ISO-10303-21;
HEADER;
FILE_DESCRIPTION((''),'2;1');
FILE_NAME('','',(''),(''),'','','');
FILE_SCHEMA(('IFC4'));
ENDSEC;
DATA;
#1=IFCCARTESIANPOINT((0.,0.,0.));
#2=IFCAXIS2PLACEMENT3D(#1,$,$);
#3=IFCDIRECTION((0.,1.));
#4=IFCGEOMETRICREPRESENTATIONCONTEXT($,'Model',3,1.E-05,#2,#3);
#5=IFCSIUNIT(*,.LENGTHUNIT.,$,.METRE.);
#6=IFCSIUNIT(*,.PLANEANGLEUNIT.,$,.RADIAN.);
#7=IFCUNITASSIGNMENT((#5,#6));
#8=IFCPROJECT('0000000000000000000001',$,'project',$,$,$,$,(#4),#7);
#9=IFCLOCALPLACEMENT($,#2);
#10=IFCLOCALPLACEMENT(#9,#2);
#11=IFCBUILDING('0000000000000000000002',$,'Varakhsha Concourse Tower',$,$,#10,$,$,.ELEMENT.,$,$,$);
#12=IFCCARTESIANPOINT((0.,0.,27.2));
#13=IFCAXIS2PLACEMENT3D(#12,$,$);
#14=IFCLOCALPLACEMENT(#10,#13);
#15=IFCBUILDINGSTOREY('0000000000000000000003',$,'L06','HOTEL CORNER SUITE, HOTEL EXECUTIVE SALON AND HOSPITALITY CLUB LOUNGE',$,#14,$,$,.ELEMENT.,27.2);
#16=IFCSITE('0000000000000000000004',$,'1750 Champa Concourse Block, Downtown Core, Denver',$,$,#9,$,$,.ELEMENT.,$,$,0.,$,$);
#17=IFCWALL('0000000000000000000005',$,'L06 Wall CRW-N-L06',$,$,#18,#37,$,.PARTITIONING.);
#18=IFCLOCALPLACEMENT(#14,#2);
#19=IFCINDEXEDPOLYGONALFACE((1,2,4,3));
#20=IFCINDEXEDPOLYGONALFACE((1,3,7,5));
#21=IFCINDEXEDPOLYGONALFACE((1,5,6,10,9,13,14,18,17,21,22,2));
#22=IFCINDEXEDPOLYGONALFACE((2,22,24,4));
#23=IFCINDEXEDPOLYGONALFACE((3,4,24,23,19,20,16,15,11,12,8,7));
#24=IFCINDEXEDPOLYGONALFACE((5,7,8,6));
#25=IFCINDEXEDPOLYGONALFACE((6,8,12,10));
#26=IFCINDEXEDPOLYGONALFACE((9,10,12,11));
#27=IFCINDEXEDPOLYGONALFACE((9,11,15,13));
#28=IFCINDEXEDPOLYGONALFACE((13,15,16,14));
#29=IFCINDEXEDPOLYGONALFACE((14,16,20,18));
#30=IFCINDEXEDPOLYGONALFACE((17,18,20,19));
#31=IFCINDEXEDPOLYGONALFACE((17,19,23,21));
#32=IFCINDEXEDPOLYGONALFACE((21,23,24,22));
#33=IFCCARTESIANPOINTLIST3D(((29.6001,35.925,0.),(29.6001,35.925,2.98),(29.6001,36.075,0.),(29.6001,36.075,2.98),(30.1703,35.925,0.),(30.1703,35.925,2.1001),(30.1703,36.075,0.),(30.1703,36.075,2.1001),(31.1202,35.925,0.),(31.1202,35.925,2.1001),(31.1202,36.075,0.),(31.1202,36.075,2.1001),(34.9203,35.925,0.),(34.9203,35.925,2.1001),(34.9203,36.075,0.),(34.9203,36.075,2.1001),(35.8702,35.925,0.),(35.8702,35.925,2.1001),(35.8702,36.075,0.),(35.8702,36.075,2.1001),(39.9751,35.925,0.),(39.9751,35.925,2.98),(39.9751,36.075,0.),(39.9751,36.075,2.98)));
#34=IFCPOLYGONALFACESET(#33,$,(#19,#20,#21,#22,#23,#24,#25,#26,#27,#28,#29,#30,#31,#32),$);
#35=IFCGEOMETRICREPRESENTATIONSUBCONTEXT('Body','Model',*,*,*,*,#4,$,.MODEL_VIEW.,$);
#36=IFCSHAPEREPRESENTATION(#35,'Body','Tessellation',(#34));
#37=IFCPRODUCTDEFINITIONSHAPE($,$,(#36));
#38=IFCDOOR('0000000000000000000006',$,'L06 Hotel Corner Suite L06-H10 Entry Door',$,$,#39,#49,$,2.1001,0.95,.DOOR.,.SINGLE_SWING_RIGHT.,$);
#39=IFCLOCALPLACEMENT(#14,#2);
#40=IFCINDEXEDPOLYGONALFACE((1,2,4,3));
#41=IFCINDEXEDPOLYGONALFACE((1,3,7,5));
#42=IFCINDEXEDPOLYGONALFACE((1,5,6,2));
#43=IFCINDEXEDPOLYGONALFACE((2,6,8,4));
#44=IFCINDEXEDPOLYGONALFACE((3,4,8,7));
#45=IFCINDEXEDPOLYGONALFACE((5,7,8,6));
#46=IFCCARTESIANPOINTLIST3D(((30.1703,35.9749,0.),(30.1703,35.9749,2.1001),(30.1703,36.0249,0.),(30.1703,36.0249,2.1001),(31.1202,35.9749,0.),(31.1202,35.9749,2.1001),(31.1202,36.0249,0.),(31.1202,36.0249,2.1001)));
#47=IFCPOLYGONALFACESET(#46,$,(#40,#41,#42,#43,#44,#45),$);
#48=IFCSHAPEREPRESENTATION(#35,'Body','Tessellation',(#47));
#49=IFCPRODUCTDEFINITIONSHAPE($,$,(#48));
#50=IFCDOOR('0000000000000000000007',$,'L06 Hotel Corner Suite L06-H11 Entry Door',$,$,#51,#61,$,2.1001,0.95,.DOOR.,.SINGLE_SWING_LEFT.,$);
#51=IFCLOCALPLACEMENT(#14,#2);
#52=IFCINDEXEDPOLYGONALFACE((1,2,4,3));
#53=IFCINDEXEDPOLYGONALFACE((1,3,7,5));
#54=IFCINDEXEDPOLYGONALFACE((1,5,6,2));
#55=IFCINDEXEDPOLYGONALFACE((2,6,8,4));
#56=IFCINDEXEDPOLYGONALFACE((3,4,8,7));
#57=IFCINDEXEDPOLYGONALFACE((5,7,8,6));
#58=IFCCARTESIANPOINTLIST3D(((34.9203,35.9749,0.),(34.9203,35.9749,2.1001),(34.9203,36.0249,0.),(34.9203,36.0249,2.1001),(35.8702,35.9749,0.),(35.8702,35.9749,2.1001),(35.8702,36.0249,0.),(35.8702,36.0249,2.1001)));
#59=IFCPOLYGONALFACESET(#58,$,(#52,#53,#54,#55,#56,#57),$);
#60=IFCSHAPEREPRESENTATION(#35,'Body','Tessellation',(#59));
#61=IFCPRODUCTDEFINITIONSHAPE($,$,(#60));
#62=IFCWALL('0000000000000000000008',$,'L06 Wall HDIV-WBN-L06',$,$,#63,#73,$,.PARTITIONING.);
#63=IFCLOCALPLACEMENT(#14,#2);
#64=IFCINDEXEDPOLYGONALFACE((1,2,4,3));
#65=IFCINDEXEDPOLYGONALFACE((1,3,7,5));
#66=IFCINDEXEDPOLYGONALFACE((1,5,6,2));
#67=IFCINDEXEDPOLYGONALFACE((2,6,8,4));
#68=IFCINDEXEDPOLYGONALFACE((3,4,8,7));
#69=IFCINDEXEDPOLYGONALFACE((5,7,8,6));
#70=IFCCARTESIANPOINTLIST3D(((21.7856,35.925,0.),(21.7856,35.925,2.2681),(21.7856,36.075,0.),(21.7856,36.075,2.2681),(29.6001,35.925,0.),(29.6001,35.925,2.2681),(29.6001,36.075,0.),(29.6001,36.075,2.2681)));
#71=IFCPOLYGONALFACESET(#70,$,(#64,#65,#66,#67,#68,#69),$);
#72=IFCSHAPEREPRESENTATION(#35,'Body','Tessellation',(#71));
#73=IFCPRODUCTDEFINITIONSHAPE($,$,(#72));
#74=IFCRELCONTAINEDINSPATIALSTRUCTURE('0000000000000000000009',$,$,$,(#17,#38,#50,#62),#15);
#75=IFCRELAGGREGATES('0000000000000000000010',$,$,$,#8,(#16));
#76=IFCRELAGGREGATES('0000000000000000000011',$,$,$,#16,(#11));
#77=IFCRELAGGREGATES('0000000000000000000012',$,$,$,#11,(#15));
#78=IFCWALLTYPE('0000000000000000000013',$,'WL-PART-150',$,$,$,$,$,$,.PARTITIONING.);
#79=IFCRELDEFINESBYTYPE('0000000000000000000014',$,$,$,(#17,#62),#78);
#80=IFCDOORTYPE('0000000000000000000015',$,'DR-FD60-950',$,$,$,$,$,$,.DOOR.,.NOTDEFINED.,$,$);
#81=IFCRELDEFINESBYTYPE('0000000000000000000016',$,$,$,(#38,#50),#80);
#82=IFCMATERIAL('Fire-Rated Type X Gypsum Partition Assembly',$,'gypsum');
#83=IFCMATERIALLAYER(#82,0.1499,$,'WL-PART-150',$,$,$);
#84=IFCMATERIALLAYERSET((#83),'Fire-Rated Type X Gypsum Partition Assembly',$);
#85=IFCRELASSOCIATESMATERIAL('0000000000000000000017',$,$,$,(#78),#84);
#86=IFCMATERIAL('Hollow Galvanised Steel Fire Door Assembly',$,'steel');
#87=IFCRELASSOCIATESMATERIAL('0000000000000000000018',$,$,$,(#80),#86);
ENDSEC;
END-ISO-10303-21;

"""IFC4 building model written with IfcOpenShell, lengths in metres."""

from ifc_helpers import new_model, si_unit, direction, frame, frame_2d, origin, place, context, subcontext, project, spatial, rectangle, extrude, material, layer, layer_set, type_object, element, fill, save


model = new_model("IFC4")

# Units and contexts
model_context = context("Model", 3, precision=1e-05, world=origin(), true_north=direction((0.0, 1.0)))
body_context = subcontext(model_context, "Body", "Model", "MODEL_VIEW")
ifc_project = project(units=[si_unit("LENGTHUNIT", "METRE"), si_unit("PLANEANGLEUNIT", "RADIAN")], contexts=[model_context])

# Site, building, storey
site_placement = place(None, origin())
site = spatial("IfcSite", under=ifc_project, at=site_placement, Name="1750 Champa Concourse Block, Downtown Core, Denver", CompositionType="ELEMENT", RefElevation=0.0)
building_placement = place(site_placement, origin())
building = spatial("IfcBuilding", under=site, at=building_placement, Name="Varakhsha Concourse Tower", CompositionType="ELEMENT")
storey_placement = place(building_placement, frame((0.0, 0.0, 27.2)))
storey = spatial("IfcBuildingStorey", under=building, at=storey_placement, Name="L06", Description="HOTEL CORNER SUITE, HOTEL EXECUTIVE SALON AND HOSPITALITY CLUB LOUNGE", CompositionType="ELEMENT", Elevation=27.2)

# Wall, openings, doors
ifc_material_1 = material(Name="Fire-Rated Type X Gypsum Partition Assembly", Category="gypsum")
ifc_layer_1 = layer(ifc_material_1, 0.1499, Name="WL-PART-150")
ifc_layer_set_1 = layer_set([ifc_layer_1], Name="Fire-Rated Type X Gypsum Partition Assembly")
wall_type_1 = type_object("IfcWallType", Name="WL-PART-150", PredefinedType="PARTITIONING", material=ifc_layer_set_1)
wall_1_placement = place(storey_placement, frame((29.6001, 36.0, 0.0), z_axis=(0.0, 0.0, 1.0), x_axis=(1.0, 0.0, 0.0)))
wall_1 = element("IfcWall", 1, at=wall_1_placement, inside=storey, type_object=wall_type_1, Name="L06 Wall CRW-N-L06", PredefinedType="PARTITIONING", context=body_context, shape_type="SweptSolid", body=[
    extrude(rectangle(XDim=10.375, YDim=0.1499, at=frame_2d((5.1875, 0.0))), origin(), (0.0, 0.0, 1.0), 2.98),
])
opening_1_placement = place(wall_1_placement, frame((0.5701, 0.0, 0.0)))
opening_1 = element("IfcOpeningElement", 2, at=opening_1_placement, cuts=wall_1, PredefinedType="OPENING", context=body_context, shape_type="SweptSolid", body=[
    extrude(rectangle(XDim=0.95, YDim=2.1001, at=frame_2d((0.4751, 1.05))), frame((0.0, 0.085, 0.0), z_axis=(0.0, -1.0, 0.0), x_axis=(1.0, 0.0, 0.0)), (0.0, 0.0, 1.0), 0.1699),
])
opening_2_placement = place(wall_1_placement, frame((5.3201, 0.0, 0.0)))
opening_2 = element("IfcOpeningElement", 3, at=opening_2_placement, cuts=wall_1, PredefinedType="OPENING", context=body_context, shape_type="SweptSolid", body=[
    extrude(rectangle(XDim=0.95, YDim=2.1001, at=frame_2d((0.4751, 1.05))), frame((0.0, 0.085, 0.0), z_axis=(0.0, -1.0, 0.0), x_axis=(1.0, 0.0, 0.0)), (0.0, 0.0, 1.0), 0.1699),
])
ifc_material_2 = material(Name="Hollow Galvanised Steel Fire Door Assembly", Category="steel")
door_type_1 = type_object("IfcDoorType", Name="DR-FD60-950", OperationType="NOTDEFINED", PredefinedType="DOOR", material=ifc_material_2)
door_1_placement = place(opening_1_placement, origin())
door_1 = element("IfcDoor", 4, at=door_1_placement, inside=storey, type_object=door_type_1, Name="L06 Hotel Corner Suite L06-H10 Entry Door", OperationType="SINGLE_SWING_RIGHT", OverallHeight=2.1001, OverallWidth=0.95, PredefinedType="DOOR", context=body_context, shape_type="SweptSolid", body=[
    extrude(rectangle(XDim=0.95, YDim=2.1001, at=frame_2d((0.4751, 1.05))), frame((0.0, 0.0249, 0.0), z_axis=(0.0, -1.0, 0.0), x_axis=(1.0, 0.0, 0.0)), (0.0, 0.0, 1.0), 0.05),
])
fill(opening_1, door_1)
door_2_placement = place(opening_2_placement, origin())
door_2 = element("IfcDoor", 5, at=door_2_placement, inside=storey, type_object=door_type_1, Name="L06 Hotel Corner Suite L06-H11 Entry Door", OperationType="SINGLE_SWING_LEFT", OverallHeight=2.1001, OverallWidth=0.95, PredefinedType="DOOR", context=body_context, shape_type="SweptSolid", body=[
    extrude(rectangle(XDim=0.95, YDim=2.1001, at=frame_2d((0.4751, 1.05))), frame((0.0, 0.0249, 0.0), z_axis=(0.0, -1.0, 0.0), x_axis=(1.0, 0.0, 0.0)), (0.0, 0.0, 1.0), 0.05),
])
fill(opening_2, door_2)

# Wall
wall_2_placement = place(storey_placement, frame((21.7856, 36.0, 0.0), z_axis=(0.0, 0.0, 1.0), x_axis=(1.0, 0.0, 0.0)))
element("IfcWall", 6, at=wall_2_placement, inside=storey, type_object=wall_type_1, Name="L06 Wall HDIV-WBN-L06", PredefinedType="PARTITIONING", context=body_context, shape_type="SweptSolid", body=[
    extrude(rectangle(XDim=7.8145, YDim=0.1499, at=frame_2d((3.9072, 0.0))), origin(), (0.0, 0.0, 1.0), 2.2681),
])

save(model, "model.ifc")
